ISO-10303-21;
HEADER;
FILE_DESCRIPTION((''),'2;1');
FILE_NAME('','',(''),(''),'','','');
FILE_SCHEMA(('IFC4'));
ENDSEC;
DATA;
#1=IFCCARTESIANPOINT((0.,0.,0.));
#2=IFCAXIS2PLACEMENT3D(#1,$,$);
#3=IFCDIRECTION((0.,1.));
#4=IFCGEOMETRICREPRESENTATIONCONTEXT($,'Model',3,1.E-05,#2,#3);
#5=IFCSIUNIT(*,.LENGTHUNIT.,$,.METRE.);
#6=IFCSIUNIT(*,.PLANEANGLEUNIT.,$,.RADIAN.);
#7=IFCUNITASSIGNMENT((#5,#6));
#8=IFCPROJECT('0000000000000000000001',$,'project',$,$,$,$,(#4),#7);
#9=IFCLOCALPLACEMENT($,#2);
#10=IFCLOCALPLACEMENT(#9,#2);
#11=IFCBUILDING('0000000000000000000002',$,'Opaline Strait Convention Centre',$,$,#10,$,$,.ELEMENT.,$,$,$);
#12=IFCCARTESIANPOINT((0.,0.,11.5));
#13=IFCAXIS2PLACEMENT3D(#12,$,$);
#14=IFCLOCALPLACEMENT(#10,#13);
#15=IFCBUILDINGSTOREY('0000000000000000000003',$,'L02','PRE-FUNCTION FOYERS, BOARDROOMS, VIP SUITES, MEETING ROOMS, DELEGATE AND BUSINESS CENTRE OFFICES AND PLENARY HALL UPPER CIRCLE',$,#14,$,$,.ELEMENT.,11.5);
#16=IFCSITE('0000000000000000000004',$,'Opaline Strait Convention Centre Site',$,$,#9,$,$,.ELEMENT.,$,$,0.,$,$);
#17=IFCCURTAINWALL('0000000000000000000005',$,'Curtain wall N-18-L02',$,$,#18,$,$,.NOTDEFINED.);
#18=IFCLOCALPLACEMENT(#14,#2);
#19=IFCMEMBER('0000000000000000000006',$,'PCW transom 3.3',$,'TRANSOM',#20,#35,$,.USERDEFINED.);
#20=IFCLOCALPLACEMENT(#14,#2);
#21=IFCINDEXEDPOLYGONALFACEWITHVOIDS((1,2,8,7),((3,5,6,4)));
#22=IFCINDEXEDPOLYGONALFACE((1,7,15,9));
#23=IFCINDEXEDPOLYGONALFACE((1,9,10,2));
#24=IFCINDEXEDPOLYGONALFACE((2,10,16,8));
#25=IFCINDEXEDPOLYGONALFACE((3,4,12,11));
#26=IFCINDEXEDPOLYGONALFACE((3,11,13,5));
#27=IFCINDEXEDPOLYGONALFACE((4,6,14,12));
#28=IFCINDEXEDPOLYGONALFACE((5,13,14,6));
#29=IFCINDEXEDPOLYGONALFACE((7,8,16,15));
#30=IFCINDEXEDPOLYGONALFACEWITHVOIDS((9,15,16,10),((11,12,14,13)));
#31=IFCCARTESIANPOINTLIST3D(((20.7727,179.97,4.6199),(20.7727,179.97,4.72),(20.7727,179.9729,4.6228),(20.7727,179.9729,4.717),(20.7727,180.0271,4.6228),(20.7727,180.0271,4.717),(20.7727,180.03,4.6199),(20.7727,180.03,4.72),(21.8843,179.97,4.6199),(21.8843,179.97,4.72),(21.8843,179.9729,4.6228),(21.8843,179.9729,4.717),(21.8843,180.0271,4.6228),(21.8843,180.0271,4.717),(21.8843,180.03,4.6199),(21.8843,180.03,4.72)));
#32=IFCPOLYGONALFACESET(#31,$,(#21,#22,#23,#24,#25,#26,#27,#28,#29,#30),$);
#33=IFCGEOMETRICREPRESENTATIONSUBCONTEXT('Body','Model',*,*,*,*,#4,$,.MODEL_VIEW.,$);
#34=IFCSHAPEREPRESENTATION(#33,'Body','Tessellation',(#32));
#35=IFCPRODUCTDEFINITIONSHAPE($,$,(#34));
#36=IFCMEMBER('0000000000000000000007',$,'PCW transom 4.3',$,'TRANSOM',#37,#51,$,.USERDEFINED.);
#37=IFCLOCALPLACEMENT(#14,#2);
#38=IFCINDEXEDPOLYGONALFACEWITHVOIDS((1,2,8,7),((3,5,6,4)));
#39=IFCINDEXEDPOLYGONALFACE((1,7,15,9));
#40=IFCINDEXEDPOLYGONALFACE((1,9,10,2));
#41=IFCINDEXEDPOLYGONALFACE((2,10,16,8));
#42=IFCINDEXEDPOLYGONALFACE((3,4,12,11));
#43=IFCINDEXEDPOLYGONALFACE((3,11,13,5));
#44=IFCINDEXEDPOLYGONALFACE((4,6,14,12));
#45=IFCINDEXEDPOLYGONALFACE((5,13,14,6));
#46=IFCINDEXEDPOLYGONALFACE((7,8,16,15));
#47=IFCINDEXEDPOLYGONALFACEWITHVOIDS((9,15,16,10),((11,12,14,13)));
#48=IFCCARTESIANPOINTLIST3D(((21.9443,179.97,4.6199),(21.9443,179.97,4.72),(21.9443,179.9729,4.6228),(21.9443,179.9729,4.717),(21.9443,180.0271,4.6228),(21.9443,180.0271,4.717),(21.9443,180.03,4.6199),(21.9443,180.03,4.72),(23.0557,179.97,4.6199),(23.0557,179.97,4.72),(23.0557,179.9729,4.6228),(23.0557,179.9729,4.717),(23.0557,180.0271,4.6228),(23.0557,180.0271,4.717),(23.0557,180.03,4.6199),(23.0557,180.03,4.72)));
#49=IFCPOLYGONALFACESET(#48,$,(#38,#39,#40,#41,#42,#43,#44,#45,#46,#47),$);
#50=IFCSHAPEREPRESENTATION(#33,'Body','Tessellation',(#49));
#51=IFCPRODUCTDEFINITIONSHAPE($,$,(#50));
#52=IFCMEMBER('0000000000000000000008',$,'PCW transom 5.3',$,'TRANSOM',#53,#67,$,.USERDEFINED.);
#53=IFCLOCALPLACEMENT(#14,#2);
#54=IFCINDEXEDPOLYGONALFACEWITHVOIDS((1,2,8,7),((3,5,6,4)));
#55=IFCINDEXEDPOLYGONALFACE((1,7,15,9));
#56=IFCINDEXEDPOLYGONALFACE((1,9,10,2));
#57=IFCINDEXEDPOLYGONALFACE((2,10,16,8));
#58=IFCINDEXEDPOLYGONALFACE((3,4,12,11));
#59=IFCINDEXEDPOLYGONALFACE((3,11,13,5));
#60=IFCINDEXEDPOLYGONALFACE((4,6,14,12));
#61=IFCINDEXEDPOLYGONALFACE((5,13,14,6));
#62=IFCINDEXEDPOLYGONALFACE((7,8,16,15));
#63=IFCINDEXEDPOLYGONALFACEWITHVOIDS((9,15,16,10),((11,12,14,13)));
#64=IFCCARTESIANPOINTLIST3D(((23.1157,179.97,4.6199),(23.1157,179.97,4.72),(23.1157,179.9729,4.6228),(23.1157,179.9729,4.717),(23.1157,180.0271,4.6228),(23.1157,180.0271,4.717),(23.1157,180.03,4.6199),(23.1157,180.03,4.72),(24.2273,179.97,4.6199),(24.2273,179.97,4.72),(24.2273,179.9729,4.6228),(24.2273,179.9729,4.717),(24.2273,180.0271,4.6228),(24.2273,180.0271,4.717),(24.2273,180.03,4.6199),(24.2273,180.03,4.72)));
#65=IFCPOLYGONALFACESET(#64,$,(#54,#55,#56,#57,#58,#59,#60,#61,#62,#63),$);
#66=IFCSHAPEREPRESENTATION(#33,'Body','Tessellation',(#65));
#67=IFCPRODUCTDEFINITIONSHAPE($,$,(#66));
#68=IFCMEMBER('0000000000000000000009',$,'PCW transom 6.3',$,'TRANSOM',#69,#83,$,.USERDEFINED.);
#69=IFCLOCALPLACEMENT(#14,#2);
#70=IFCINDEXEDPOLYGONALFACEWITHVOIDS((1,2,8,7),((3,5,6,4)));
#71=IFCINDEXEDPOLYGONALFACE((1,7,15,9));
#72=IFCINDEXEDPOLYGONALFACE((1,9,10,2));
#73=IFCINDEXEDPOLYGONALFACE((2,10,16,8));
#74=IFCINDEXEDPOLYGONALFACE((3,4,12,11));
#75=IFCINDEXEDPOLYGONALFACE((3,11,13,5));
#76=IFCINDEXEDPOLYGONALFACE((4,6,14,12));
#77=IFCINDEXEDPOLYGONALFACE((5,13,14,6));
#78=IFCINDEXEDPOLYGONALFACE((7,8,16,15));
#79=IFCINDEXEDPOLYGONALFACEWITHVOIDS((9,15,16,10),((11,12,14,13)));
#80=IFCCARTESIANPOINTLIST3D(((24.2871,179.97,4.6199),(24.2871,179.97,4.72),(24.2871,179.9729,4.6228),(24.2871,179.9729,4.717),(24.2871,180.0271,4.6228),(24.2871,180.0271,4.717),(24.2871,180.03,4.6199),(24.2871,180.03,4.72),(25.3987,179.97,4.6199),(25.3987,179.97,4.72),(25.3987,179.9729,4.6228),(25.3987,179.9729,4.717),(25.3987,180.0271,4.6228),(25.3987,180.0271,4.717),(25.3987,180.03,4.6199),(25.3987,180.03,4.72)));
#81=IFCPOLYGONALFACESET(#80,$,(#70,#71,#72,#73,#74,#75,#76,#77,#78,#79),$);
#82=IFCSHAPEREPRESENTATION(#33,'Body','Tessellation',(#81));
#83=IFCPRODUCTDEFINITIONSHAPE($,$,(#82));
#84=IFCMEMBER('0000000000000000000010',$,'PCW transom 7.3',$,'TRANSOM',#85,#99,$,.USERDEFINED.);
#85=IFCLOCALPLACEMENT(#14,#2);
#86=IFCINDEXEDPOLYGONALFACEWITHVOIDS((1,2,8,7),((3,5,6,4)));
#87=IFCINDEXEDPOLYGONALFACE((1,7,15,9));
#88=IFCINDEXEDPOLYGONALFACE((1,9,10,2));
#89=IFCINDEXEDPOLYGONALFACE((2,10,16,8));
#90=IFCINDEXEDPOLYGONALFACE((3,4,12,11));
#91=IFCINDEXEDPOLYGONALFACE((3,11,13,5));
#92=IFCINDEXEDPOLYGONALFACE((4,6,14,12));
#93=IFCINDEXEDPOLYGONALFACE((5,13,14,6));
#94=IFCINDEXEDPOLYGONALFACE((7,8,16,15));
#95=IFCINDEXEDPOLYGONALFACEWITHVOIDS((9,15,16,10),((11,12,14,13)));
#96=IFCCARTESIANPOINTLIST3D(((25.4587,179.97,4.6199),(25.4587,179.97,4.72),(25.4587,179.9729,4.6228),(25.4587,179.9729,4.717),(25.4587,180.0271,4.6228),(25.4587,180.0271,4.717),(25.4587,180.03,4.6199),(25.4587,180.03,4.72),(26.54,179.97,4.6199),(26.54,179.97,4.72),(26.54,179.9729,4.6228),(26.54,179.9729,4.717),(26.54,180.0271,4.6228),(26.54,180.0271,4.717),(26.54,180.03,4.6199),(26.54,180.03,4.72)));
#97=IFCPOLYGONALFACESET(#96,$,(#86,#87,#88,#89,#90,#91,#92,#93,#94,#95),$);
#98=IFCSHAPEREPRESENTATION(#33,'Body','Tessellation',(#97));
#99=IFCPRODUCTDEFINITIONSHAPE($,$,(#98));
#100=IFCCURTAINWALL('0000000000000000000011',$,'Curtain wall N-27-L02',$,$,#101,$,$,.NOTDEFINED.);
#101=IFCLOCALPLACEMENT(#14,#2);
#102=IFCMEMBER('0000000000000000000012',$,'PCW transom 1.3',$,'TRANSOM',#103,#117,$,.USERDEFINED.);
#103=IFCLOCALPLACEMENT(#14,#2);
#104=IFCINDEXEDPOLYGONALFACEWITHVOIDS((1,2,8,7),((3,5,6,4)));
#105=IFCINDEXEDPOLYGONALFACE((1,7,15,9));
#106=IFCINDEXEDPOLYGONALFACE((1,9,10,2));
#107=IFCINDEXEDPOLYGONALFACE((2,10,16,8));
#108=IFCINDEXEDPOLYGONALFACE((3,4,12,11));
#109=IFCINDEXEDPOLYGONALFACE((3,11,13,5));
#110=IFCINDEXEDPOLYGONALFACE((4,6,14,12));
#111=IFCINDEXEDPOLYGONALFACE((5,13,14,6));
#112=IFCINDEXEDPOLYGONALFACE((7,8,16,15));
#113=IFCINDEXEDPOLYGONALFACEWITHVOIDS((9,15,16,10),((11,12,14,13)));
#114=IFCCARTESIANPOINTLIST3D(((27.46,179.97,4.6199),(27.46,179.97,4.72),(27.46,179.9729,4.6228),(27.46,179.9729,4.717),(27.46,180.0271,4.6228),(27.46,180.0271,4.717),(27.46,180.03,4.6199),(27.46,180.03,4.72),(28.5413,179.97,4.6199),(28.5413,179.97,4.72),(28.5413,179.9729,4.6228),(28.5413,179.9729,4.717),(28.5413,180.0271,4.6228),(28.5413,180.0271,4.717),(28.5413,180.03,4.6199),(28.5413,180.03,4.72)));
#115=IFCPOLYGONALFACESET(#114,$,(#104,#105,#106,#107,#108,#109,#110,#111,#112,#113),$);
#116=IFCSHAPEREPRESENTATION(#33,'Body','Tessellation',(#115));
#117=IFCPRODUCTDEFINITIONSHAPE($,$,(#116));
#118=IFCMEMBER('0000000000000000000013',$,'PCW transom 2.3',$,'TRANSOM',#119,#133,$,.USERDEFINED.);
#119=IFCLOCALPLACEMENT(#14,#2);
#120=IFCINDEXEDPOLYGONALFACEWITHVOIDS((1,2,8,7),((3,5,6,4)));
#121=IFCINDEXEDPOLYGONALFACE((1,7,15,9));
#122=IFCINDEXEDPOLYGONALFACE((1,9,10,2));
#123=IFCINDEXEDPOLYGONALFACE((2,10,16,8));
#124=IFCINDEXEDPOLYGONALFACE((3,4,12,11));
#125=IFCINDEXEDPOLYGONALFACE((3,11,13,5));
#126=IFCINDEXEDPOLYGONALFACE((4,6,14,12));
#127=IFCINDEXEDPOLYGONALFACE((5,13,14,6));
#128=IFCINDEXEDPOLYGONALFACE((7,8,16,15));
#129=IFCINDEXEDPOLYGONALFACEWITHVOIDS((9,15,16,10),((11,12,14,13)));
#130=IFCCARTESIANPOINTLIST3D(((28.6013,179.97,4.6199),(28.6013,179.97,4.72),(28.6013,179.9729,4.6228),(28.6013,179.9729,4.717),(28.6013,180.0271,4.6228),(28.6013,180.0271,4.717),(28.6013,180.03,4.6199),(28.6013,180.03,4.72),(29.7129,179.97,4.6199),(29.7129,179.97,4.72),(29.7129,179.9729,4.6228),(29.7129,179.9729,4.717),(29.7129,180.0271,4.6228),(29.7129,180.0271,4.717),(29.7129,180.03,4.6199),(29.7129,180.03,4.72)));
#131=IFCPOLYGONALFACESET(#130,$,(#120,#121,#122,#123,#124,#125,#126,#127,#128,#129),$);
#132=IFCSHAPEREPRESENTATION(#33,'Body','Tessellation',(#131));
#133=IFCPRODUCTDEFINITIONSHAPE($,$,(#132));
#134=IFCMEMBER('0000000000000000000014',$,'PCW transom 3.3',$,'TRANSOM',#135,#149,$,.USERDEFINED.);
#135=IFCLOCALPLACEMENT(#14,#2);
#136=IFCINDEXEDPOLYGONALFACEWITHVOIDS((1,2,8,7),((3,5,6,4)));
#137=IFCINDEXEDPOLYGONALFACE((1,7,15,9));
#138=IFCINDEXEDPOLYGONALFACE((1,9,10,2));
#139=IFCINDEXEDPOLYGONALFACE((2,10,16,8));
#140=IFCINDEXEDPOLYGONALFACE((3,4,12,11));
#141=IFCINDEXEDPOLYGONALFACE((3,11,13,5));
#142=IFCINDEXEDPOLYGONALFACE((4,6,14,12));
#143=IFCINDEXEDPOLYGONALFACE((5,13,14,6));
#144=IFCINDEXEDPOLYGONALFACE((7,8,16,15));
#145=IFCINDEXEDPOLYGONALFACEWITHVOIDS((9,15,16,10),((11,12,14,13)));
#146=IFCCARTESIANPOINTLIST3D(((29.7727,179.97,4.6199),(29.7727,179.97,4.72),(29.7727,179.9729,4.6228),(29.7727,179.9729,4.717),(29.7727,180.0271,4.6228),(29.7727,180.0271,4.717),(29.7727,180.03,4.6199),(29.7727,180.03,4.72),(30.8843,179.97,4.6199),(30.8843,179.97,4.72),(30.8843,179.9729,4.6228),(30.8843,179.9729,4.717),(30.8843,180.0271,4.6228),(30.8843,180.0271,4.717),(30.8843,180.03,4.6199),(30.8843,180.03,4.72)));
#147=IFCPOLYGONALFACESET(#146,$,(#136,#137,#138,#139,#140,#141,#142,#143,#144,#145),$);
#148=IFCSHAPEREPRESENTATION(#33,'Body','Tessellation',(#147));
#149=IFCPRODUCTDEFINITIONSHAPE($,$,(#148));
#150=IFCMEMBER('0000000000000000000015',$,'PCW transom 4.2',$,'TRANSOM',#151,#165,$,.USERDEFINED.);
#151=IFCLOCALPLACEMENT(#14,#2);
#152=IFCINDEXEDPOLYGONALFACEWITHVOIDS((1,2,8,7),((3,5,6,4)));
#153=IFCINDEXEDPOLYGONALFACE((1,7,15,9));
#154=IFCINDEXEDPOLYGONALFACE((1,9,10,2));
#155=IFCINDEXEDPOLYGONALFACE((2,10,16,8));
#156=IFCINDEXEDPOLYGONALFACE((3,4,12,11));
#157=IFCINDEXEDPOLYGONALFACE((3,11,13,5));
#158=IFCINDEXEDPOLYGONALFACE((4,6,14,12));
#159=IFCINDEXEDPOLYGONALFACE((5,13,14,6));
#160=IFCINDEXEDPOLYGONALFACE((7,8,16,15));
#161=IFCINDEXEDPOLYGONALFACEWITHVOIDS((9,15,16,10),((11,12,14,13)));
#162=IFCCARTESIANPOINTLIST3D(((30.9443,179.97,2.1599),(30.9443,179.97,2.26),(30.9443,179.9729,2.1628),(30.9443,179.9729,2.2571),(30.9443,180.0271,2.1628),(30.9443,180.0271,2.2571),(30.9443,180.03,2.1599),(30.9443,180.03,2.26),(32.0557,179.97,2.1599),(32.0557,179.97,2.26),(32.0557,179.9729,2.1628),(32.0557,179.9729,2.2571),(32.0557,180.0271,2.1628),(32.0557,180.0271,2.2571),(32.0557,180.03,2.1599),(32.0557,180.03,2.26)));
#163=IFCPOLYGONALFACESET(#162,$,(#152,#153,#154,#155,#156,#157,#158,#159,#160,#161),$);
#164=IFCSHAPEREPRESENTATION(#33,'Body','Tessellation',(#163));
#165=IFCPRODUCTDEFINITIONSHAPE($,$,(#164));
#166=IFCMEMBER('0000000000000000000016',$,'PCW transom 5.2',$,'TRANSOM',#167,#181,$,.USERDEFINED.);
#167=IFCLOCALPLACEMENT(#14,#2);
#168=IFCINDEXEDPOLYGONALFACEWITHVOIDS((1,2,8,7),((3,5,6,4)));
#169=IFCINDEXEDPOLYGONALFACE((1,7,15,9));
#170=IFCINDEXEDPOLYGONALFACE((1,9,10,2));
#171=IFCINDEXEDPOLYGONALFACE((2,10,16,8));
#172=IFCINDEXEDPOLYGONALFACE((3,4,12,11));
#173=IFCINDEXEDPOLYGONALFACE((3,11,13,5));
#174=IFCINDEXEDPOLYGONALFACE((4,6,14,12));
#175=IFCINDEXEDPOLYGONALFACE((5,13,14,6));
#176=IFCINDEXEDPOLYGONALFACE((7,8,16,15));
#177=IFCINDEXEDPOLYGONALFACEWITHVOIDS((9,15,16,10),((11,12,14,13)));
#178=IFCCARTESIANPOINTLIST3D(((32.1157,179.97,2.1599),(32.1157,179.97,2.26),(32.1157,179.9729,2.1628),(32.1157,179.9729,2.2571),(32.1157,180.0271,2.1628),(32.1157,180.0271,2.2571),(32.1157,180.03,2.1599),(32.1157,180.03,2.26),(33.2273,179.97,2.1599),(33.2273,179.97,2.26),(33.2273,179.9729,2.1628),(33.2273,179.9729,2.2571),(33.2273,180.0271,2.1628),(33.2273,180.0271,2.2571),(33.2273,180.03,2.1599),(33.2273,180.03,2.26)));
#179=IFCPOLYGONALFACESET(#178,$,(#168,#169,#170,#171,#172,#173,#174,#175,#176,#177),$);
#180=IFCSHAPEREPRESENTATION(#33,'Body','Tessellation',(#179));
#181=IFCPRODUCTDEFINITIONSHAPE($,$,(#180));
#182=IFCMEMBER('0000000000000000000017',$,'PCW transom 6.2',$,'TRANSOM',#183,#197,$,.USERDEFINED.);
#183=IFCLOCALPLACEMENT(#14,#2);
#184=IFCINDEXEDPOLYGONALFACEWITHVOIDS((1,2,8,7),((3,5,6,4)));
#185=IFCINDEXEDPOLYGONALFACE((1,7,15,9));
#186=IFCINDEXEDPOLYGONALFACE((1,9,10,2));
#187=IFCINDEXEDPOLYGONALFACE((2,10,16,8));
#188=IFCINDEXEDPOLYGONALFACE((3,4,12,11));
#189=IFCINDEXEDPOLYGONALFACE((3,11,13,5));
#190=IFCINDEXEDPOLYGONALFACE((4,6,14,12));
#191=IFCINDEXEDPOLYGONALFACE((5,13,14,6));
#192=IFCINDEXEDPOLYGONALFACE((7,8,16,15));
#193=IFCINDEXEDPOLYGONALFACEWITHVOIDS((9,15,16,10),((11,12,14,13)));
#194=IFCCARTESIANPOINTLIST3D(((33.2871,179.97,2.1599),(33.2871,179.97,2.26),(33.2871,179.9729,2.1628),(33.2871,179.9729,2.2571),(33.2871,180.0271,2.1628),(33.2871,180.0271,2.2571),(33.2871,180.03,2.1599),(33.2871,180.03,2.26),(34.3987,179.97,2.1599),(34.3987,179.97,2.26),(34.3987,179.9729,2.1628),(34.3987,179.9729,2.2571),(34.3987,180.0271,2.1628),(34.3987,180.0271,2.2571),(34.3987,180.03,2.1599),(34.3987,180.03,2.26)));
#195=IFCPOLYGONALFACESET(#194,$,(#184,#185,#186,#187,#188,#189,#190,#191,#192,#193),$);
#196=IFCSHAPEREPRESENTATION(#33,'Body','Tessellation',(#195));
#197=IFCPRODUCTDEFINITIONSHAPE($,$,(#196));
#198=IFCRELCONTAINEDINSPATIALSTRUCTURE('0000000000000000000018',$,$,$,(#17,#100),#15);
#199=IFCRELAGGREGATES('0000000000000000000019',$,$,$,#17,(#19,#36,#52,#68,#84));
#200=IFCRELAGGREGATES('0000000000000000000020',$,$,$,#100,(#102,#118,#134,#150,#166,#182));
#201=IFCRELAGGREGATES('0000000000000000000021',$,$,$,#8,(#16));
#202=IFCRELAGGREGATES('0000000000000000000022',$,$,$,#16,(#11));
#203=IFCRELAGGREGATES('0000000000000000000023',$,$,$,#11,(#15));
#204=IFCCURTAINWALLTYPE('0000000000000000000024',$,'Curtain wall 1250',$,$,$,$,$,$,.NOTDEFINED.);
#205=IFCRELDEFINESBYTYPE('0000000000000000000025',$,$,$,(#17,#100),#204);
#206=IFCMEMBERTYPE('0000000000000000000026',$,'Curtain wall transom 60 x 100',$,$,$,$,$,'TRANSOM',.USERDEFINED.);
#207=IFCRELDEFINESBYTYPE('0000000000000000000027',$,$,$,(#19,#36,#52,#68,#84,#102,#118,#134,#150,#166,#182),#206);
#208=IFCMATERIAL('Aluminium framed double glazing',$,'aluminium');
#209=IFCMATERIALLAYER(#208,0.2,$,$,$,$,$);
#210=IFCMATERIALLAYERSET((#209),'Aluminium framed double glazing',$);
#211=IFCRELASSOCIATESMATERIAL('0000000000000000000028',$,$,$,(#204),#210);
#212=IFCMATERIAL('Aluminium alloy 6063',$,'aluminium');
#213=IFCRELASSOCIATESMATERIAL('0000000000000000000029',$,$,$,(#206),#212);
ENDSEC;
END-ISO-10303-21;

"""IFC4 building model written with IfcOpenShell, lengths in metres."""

from ifc_helpers import new_model, si_unit, direction, frame, origin, origin_2d, place, context, subcontext, project, spatial, hollow_rectangle, extrude, material, layer, layer_set, material_profile, profile_set, type_object, element, aggregate, save


model = new_model("IFC4")

# Units and contexts
model_context = context("Model", 3, precision=1e-05, world=origin(), true_north=direction((0.0, 1.0)))
body_context = subcontext(model_context, "Body", "Model", "MODEL_VIEW")
ifc_project = project(units=[si_unit("LENGTHUNIT", "METRE"), si_unit("PLANEANGLEUNIT", "RADIAN")], contexts=[model_context])

# Site, building, storey
site_placement = place(None, origin())
site = spatial("IfcSite", under=ifc_project, at=site_placement, Name="Opaline Strait Convention Centre Site", CompositionType="ELEMENT", RefElevation=0.0)
building_placement = place(site_placement, origin())
building = spatial("IfcBuilding", under=site, at=building_placement, Name="Opaline Strait Convention Centre", CompositionType="ELEMENT")
storey_placement = place(building_placement, frame((0.0, 0.0, 11.5)))
storey = spatial("IfcBuildingStorey", under=building, at=storey_placement, Name="L02", Description="PRE-FUNCTION FOYERS, BOARDROOMS, VIP SUITES, MEETING ROOMS, DELEGATE AND BUSINESS CENTRE OFFICES AND PLENARY HALL UPPER CIRCLE", CompositionType="ELEMENT", Elevation=11.5)

# Curtain walls, members
ifc_material_1 = material(Name="Aluminium framed double glazing", Category="aluminium")
ifc_layer_1 = layer(ifc_material_1, 0.2)
ifc_layer_set_1 = layer_set([ifc_layer_1], Name="Aluminium framed double glazing")
curtain_wall_type = type_object("IfcCurtainWallType", Name="Curtain wall 1250", PredefinedType="NOTDEFINED", material=ifc_layer_set_1)
curtain_wall_1_placement = place(storey_placement, origin())
curtain_wall_1 = element("IfcCurtainWall", 1, at=curtain_wall_1_placement, inside=storey, type_object=curtain_wall_type, Name="Curtain wall N-18-L02", PredefinedType="NOTDEFINED")
ifc_material_2 = material(Name="Aluminium alloy 6063", Category="aluminium")
ifc_material_profile = material_profile(ifc_material_2, hollow_rectangle(XDim=0.0601, YDim=0.1001, WallThickness=0.0029, at=origin_2d()), Name="TRANSOM 60x100x3")
ifc_profile_set = profile_set([ifc_material_profile], Name="Aluminium alloy 6063")
member_type = type_object("IfcMemberType", Name="Curtain wall transom 60 x 100", ElementType="TRANSOM", PredefinedType="USERDEFINED", material=ifc_profile_set)
member_1_placement = place(storey_placement, frame((20.7727, 180.0, 4.6699), z_axis=(1.0, 0.0, 0.0), x_axis=(0.0, 1.0, 0.0)))
member_1 = element("IfcMember", 2, at=member_1_placement, type_object=member_type, Name="PCW transom 3.3", ObjectType="TRANSOM", PredefinedType="USERDEFINED", context=body_context, shape_type="SweptSolid", body=[
    extrude(hollow_rectangle(XDim=0.0601, YDim=0.1001, WallThickness=0.0029, at=origin_2d()), origin(), (0.0, 0.0, 1.0), 1.1116),
])
member_2_placement = place(storey_placement, frame((21.9443, 180.0, 4.6699), z_axis=(1.0, 0.0, 0.0), x_axis=(0.0, 1.0, 0.0)))
member_2 = element("IfcMember", 3, at=member_2_placement, type_object=member_type, Name="PCW transom 4.3", ObjectType="TRANSOM", PredefinedType="USERDEFINED", context=body_context, shape_type="SweptSolid", body=[
    extrude(hollow_rectangle(XDim=0.0601, YDim=0.1001, WallThickness=0.0029, at=origin_2d()), origin(), (0.0, 0.0, 1.0), 1.1113),
])
member_3_placement = place(storey_placement, frame((23.1157, 180.0, 4.6699), z_axis=(1.0, 0.0, 0.0), x_axis=(0.0, 1.0, 0.0)))
member_3 = element("IfcMember", 4, at=member_3_placement, type_object=member_type, Name="PCW transom 5.3", ObjectType="TRANSOM", PredefinedType="USERDEFINED", context=body_context, shape_type="SweptSolid", body=[
    extrude(hollow_rectangle(XDim=0.0601, YDim=0.1001, WallThickness=0.0029, at=origin_2d()), origin(), (0.0, 0.0, 1.0), 1.1116),
])
member_4_placement = place(storey_placement, frame((24.2871, 180.0, 4.6699), z_axis=(1.0, 0.0, 0.0), x_axis=(0.0, 1.0, 0.0)))
member_4 = element("IfcMember", 5, at=member_4_placement, type_object=member_type, Name="PCW transom 6.3", ObjectType="TRANSOM", PredefinedType="USERDEFINED", context=body_context, shape_type="SweptSolid", body=[
    extrude(hollow_rectangle(XDim=0.0601, YDim=0.1001, WallThickness=0.0029, at=origin_2d()), origin(), (0.0, 0.0, 1.0), 1.1116),
])
member_5_placement = place(storey_placement, frame((25.4587, 180.0, 4.6699), z_axis=(1.0, 0.0, 0.0), x_axis=(0.0, 1.0, 0.0)))
member_5 = element("IfcMember", 6, at=member_5_placement, type_object=member_type, Name="PCW transom 7.3", ObjectType="TRANSOM", PredefinedType="USERDEFINED", context=body_context, shape_type="SweptSolid", body=[
    extrude(hollow_rectangle(XDim=0.0601, YDim=0.1001, WallThickness=0.0029, at=origin_2d()), origin(), (0.0, 0.0, 1.0), 1.0813),
])
curtain_wall_2_placement = place(storey_placement, origin())
curtain_wall_2 = element("IfcCurtainWall", 7, at=curtain_wall_2_placement, inside=storey, type_object=curtain_wall_type, Name="Curtain wall N-27-L02", PredefinedType="NOTDEFINED")
member_6_placement = place(storey_placement, frame((27.46, 180.0, 4.6699), z_axis=(1.0, 0.0, 0.0), x_axis=(0.0, 1.0, 0.0)))
member_6 = element("IfcMember", 8, at=member_6_placement, type_object=member_type, Name="PCW transom 1.3", ObjectType="TRANSOM", PredefinedType="USERDEFINED", context=body_context, shape_type="SweptSolid", body=[
    extrude(hollow_rectangle(XDim=0.0601, YDim=0.1001, WallThickness=0.0029, at=origin_2d()), origin(), (0.0, 0.0, 1.0), 1.0813),
])
member_7_placement = place(storey_placement, frame((28.6013, 180.0, 4.6699), z_axis=(1.0, 0.0, 0.0), x_axis=(0.0, 1.0, 0.0)))
member_7 = element("IfcMember", 9, at=member_7_placement, type_object=member_type, Name="PCW transom 2.3", ObjectType="TRANSOM", PredefinedType="USERDEFINED", context=body_context, shape_type="SweptSolid", body=[
    extrude(hollow_rectangle(XDim=0.0601, YDim=0.1001, WallThickness=0.0029, at=origin_2d()), origin(), (0.0, 0.0, 1.0), 1.1116),
])
member_8_placement = place(storey_placement, frame((29.7727, 180.0, 4.6699), z_axis=(1.0, 0.0, 0.0), x_axis=(0.0, 1.0, 0.0)))
member_8 = element("IfcMember", 10, at=member_8_placement, type_object=member_type, Name="PCW transom 3.3", ObjectType="TRANSOM", PredefinedType="USERDEFINED", context=body_context, shape_type="SweptSolid", body=[
    extrude(hollow_rectangle(XDim=0.0601, YDim=0.1001, WallThickness=0.0029, at=origin_2d()), origin(), (0.0, 0.0, 1.0), 1.1116),
])
member_9_placement = place(storey_placement, frame((30.9443, 180.0, 2.21), z_axis=(1.0, 0.0, 0.0), x_axis=(0.0, 1.0, 0.0)))
member_9 = element("IfcMember", 11, at=member_9_placement, type_object=member_type, Name="PCW transom 4.2", ObjectType="TRANSOM", PredefinedType="USERDEFINED", context=body_context, shape_type="SweptSolid", body=[
    extrude(hollow_rectangle(XDim=0.0601, YDim=0.1001, WallThickness=0.0029, at=origin_2d()), origin(), (0.0, 0.0, 1.0), 1.1113),
])
member_10_placement = place(storey_placement, frame((32.1157, 180.0, 2.21), z_axis=(1.0, 0.0, 0.0), x_axis=(0.0, 1.0, 0.0)))
member_10 = element("IfcMember", 12, at=member_10_placement, type_object=member_type, Name="PCW transom 5.2", ObjectType="TRANSOM", PredefinedType="USERDEFINED", context=body_context, shape_type="SweptSolid", body=[
    extrude(hollow_rectangle(XDim=0.0601, YDim=0.1001, WallThickness=0.0029, at=origin_2d()), origin(), (0.0, 0.0, 1.0), 1.1116),
])
member_11_placement = place(storey_placement, frame((33.2871, 180.0, 2.21), z_axis=(1.0, 0.0, 0.0), x_axis=(0.0, 1.0, 0.0)))
member_11 = element("IfcMember", 13, at=member_11_placement, type_object=member_type, Name="PCW transom 6.2", ObjectType="TRANSOM", PredefinedType="USERDEFINED", context=body_context, shape_type="SweptSolid", body=[
    extrude(hollow_rectangle(XDim=0.0601, YDim=0.1001, WallThickness=0.0029, at=origin_2d()), origin(), (0.0, 0.0, 1.0), 1.1116),
])

aggregate(curtain_wall_1, [member_1, member_2, member_3, member_4, member_5])
aggregate(curtain_wall_2, [member_6, member_7, member_8, member_9, member_10, member_11])

save(model, "model.ifc")
